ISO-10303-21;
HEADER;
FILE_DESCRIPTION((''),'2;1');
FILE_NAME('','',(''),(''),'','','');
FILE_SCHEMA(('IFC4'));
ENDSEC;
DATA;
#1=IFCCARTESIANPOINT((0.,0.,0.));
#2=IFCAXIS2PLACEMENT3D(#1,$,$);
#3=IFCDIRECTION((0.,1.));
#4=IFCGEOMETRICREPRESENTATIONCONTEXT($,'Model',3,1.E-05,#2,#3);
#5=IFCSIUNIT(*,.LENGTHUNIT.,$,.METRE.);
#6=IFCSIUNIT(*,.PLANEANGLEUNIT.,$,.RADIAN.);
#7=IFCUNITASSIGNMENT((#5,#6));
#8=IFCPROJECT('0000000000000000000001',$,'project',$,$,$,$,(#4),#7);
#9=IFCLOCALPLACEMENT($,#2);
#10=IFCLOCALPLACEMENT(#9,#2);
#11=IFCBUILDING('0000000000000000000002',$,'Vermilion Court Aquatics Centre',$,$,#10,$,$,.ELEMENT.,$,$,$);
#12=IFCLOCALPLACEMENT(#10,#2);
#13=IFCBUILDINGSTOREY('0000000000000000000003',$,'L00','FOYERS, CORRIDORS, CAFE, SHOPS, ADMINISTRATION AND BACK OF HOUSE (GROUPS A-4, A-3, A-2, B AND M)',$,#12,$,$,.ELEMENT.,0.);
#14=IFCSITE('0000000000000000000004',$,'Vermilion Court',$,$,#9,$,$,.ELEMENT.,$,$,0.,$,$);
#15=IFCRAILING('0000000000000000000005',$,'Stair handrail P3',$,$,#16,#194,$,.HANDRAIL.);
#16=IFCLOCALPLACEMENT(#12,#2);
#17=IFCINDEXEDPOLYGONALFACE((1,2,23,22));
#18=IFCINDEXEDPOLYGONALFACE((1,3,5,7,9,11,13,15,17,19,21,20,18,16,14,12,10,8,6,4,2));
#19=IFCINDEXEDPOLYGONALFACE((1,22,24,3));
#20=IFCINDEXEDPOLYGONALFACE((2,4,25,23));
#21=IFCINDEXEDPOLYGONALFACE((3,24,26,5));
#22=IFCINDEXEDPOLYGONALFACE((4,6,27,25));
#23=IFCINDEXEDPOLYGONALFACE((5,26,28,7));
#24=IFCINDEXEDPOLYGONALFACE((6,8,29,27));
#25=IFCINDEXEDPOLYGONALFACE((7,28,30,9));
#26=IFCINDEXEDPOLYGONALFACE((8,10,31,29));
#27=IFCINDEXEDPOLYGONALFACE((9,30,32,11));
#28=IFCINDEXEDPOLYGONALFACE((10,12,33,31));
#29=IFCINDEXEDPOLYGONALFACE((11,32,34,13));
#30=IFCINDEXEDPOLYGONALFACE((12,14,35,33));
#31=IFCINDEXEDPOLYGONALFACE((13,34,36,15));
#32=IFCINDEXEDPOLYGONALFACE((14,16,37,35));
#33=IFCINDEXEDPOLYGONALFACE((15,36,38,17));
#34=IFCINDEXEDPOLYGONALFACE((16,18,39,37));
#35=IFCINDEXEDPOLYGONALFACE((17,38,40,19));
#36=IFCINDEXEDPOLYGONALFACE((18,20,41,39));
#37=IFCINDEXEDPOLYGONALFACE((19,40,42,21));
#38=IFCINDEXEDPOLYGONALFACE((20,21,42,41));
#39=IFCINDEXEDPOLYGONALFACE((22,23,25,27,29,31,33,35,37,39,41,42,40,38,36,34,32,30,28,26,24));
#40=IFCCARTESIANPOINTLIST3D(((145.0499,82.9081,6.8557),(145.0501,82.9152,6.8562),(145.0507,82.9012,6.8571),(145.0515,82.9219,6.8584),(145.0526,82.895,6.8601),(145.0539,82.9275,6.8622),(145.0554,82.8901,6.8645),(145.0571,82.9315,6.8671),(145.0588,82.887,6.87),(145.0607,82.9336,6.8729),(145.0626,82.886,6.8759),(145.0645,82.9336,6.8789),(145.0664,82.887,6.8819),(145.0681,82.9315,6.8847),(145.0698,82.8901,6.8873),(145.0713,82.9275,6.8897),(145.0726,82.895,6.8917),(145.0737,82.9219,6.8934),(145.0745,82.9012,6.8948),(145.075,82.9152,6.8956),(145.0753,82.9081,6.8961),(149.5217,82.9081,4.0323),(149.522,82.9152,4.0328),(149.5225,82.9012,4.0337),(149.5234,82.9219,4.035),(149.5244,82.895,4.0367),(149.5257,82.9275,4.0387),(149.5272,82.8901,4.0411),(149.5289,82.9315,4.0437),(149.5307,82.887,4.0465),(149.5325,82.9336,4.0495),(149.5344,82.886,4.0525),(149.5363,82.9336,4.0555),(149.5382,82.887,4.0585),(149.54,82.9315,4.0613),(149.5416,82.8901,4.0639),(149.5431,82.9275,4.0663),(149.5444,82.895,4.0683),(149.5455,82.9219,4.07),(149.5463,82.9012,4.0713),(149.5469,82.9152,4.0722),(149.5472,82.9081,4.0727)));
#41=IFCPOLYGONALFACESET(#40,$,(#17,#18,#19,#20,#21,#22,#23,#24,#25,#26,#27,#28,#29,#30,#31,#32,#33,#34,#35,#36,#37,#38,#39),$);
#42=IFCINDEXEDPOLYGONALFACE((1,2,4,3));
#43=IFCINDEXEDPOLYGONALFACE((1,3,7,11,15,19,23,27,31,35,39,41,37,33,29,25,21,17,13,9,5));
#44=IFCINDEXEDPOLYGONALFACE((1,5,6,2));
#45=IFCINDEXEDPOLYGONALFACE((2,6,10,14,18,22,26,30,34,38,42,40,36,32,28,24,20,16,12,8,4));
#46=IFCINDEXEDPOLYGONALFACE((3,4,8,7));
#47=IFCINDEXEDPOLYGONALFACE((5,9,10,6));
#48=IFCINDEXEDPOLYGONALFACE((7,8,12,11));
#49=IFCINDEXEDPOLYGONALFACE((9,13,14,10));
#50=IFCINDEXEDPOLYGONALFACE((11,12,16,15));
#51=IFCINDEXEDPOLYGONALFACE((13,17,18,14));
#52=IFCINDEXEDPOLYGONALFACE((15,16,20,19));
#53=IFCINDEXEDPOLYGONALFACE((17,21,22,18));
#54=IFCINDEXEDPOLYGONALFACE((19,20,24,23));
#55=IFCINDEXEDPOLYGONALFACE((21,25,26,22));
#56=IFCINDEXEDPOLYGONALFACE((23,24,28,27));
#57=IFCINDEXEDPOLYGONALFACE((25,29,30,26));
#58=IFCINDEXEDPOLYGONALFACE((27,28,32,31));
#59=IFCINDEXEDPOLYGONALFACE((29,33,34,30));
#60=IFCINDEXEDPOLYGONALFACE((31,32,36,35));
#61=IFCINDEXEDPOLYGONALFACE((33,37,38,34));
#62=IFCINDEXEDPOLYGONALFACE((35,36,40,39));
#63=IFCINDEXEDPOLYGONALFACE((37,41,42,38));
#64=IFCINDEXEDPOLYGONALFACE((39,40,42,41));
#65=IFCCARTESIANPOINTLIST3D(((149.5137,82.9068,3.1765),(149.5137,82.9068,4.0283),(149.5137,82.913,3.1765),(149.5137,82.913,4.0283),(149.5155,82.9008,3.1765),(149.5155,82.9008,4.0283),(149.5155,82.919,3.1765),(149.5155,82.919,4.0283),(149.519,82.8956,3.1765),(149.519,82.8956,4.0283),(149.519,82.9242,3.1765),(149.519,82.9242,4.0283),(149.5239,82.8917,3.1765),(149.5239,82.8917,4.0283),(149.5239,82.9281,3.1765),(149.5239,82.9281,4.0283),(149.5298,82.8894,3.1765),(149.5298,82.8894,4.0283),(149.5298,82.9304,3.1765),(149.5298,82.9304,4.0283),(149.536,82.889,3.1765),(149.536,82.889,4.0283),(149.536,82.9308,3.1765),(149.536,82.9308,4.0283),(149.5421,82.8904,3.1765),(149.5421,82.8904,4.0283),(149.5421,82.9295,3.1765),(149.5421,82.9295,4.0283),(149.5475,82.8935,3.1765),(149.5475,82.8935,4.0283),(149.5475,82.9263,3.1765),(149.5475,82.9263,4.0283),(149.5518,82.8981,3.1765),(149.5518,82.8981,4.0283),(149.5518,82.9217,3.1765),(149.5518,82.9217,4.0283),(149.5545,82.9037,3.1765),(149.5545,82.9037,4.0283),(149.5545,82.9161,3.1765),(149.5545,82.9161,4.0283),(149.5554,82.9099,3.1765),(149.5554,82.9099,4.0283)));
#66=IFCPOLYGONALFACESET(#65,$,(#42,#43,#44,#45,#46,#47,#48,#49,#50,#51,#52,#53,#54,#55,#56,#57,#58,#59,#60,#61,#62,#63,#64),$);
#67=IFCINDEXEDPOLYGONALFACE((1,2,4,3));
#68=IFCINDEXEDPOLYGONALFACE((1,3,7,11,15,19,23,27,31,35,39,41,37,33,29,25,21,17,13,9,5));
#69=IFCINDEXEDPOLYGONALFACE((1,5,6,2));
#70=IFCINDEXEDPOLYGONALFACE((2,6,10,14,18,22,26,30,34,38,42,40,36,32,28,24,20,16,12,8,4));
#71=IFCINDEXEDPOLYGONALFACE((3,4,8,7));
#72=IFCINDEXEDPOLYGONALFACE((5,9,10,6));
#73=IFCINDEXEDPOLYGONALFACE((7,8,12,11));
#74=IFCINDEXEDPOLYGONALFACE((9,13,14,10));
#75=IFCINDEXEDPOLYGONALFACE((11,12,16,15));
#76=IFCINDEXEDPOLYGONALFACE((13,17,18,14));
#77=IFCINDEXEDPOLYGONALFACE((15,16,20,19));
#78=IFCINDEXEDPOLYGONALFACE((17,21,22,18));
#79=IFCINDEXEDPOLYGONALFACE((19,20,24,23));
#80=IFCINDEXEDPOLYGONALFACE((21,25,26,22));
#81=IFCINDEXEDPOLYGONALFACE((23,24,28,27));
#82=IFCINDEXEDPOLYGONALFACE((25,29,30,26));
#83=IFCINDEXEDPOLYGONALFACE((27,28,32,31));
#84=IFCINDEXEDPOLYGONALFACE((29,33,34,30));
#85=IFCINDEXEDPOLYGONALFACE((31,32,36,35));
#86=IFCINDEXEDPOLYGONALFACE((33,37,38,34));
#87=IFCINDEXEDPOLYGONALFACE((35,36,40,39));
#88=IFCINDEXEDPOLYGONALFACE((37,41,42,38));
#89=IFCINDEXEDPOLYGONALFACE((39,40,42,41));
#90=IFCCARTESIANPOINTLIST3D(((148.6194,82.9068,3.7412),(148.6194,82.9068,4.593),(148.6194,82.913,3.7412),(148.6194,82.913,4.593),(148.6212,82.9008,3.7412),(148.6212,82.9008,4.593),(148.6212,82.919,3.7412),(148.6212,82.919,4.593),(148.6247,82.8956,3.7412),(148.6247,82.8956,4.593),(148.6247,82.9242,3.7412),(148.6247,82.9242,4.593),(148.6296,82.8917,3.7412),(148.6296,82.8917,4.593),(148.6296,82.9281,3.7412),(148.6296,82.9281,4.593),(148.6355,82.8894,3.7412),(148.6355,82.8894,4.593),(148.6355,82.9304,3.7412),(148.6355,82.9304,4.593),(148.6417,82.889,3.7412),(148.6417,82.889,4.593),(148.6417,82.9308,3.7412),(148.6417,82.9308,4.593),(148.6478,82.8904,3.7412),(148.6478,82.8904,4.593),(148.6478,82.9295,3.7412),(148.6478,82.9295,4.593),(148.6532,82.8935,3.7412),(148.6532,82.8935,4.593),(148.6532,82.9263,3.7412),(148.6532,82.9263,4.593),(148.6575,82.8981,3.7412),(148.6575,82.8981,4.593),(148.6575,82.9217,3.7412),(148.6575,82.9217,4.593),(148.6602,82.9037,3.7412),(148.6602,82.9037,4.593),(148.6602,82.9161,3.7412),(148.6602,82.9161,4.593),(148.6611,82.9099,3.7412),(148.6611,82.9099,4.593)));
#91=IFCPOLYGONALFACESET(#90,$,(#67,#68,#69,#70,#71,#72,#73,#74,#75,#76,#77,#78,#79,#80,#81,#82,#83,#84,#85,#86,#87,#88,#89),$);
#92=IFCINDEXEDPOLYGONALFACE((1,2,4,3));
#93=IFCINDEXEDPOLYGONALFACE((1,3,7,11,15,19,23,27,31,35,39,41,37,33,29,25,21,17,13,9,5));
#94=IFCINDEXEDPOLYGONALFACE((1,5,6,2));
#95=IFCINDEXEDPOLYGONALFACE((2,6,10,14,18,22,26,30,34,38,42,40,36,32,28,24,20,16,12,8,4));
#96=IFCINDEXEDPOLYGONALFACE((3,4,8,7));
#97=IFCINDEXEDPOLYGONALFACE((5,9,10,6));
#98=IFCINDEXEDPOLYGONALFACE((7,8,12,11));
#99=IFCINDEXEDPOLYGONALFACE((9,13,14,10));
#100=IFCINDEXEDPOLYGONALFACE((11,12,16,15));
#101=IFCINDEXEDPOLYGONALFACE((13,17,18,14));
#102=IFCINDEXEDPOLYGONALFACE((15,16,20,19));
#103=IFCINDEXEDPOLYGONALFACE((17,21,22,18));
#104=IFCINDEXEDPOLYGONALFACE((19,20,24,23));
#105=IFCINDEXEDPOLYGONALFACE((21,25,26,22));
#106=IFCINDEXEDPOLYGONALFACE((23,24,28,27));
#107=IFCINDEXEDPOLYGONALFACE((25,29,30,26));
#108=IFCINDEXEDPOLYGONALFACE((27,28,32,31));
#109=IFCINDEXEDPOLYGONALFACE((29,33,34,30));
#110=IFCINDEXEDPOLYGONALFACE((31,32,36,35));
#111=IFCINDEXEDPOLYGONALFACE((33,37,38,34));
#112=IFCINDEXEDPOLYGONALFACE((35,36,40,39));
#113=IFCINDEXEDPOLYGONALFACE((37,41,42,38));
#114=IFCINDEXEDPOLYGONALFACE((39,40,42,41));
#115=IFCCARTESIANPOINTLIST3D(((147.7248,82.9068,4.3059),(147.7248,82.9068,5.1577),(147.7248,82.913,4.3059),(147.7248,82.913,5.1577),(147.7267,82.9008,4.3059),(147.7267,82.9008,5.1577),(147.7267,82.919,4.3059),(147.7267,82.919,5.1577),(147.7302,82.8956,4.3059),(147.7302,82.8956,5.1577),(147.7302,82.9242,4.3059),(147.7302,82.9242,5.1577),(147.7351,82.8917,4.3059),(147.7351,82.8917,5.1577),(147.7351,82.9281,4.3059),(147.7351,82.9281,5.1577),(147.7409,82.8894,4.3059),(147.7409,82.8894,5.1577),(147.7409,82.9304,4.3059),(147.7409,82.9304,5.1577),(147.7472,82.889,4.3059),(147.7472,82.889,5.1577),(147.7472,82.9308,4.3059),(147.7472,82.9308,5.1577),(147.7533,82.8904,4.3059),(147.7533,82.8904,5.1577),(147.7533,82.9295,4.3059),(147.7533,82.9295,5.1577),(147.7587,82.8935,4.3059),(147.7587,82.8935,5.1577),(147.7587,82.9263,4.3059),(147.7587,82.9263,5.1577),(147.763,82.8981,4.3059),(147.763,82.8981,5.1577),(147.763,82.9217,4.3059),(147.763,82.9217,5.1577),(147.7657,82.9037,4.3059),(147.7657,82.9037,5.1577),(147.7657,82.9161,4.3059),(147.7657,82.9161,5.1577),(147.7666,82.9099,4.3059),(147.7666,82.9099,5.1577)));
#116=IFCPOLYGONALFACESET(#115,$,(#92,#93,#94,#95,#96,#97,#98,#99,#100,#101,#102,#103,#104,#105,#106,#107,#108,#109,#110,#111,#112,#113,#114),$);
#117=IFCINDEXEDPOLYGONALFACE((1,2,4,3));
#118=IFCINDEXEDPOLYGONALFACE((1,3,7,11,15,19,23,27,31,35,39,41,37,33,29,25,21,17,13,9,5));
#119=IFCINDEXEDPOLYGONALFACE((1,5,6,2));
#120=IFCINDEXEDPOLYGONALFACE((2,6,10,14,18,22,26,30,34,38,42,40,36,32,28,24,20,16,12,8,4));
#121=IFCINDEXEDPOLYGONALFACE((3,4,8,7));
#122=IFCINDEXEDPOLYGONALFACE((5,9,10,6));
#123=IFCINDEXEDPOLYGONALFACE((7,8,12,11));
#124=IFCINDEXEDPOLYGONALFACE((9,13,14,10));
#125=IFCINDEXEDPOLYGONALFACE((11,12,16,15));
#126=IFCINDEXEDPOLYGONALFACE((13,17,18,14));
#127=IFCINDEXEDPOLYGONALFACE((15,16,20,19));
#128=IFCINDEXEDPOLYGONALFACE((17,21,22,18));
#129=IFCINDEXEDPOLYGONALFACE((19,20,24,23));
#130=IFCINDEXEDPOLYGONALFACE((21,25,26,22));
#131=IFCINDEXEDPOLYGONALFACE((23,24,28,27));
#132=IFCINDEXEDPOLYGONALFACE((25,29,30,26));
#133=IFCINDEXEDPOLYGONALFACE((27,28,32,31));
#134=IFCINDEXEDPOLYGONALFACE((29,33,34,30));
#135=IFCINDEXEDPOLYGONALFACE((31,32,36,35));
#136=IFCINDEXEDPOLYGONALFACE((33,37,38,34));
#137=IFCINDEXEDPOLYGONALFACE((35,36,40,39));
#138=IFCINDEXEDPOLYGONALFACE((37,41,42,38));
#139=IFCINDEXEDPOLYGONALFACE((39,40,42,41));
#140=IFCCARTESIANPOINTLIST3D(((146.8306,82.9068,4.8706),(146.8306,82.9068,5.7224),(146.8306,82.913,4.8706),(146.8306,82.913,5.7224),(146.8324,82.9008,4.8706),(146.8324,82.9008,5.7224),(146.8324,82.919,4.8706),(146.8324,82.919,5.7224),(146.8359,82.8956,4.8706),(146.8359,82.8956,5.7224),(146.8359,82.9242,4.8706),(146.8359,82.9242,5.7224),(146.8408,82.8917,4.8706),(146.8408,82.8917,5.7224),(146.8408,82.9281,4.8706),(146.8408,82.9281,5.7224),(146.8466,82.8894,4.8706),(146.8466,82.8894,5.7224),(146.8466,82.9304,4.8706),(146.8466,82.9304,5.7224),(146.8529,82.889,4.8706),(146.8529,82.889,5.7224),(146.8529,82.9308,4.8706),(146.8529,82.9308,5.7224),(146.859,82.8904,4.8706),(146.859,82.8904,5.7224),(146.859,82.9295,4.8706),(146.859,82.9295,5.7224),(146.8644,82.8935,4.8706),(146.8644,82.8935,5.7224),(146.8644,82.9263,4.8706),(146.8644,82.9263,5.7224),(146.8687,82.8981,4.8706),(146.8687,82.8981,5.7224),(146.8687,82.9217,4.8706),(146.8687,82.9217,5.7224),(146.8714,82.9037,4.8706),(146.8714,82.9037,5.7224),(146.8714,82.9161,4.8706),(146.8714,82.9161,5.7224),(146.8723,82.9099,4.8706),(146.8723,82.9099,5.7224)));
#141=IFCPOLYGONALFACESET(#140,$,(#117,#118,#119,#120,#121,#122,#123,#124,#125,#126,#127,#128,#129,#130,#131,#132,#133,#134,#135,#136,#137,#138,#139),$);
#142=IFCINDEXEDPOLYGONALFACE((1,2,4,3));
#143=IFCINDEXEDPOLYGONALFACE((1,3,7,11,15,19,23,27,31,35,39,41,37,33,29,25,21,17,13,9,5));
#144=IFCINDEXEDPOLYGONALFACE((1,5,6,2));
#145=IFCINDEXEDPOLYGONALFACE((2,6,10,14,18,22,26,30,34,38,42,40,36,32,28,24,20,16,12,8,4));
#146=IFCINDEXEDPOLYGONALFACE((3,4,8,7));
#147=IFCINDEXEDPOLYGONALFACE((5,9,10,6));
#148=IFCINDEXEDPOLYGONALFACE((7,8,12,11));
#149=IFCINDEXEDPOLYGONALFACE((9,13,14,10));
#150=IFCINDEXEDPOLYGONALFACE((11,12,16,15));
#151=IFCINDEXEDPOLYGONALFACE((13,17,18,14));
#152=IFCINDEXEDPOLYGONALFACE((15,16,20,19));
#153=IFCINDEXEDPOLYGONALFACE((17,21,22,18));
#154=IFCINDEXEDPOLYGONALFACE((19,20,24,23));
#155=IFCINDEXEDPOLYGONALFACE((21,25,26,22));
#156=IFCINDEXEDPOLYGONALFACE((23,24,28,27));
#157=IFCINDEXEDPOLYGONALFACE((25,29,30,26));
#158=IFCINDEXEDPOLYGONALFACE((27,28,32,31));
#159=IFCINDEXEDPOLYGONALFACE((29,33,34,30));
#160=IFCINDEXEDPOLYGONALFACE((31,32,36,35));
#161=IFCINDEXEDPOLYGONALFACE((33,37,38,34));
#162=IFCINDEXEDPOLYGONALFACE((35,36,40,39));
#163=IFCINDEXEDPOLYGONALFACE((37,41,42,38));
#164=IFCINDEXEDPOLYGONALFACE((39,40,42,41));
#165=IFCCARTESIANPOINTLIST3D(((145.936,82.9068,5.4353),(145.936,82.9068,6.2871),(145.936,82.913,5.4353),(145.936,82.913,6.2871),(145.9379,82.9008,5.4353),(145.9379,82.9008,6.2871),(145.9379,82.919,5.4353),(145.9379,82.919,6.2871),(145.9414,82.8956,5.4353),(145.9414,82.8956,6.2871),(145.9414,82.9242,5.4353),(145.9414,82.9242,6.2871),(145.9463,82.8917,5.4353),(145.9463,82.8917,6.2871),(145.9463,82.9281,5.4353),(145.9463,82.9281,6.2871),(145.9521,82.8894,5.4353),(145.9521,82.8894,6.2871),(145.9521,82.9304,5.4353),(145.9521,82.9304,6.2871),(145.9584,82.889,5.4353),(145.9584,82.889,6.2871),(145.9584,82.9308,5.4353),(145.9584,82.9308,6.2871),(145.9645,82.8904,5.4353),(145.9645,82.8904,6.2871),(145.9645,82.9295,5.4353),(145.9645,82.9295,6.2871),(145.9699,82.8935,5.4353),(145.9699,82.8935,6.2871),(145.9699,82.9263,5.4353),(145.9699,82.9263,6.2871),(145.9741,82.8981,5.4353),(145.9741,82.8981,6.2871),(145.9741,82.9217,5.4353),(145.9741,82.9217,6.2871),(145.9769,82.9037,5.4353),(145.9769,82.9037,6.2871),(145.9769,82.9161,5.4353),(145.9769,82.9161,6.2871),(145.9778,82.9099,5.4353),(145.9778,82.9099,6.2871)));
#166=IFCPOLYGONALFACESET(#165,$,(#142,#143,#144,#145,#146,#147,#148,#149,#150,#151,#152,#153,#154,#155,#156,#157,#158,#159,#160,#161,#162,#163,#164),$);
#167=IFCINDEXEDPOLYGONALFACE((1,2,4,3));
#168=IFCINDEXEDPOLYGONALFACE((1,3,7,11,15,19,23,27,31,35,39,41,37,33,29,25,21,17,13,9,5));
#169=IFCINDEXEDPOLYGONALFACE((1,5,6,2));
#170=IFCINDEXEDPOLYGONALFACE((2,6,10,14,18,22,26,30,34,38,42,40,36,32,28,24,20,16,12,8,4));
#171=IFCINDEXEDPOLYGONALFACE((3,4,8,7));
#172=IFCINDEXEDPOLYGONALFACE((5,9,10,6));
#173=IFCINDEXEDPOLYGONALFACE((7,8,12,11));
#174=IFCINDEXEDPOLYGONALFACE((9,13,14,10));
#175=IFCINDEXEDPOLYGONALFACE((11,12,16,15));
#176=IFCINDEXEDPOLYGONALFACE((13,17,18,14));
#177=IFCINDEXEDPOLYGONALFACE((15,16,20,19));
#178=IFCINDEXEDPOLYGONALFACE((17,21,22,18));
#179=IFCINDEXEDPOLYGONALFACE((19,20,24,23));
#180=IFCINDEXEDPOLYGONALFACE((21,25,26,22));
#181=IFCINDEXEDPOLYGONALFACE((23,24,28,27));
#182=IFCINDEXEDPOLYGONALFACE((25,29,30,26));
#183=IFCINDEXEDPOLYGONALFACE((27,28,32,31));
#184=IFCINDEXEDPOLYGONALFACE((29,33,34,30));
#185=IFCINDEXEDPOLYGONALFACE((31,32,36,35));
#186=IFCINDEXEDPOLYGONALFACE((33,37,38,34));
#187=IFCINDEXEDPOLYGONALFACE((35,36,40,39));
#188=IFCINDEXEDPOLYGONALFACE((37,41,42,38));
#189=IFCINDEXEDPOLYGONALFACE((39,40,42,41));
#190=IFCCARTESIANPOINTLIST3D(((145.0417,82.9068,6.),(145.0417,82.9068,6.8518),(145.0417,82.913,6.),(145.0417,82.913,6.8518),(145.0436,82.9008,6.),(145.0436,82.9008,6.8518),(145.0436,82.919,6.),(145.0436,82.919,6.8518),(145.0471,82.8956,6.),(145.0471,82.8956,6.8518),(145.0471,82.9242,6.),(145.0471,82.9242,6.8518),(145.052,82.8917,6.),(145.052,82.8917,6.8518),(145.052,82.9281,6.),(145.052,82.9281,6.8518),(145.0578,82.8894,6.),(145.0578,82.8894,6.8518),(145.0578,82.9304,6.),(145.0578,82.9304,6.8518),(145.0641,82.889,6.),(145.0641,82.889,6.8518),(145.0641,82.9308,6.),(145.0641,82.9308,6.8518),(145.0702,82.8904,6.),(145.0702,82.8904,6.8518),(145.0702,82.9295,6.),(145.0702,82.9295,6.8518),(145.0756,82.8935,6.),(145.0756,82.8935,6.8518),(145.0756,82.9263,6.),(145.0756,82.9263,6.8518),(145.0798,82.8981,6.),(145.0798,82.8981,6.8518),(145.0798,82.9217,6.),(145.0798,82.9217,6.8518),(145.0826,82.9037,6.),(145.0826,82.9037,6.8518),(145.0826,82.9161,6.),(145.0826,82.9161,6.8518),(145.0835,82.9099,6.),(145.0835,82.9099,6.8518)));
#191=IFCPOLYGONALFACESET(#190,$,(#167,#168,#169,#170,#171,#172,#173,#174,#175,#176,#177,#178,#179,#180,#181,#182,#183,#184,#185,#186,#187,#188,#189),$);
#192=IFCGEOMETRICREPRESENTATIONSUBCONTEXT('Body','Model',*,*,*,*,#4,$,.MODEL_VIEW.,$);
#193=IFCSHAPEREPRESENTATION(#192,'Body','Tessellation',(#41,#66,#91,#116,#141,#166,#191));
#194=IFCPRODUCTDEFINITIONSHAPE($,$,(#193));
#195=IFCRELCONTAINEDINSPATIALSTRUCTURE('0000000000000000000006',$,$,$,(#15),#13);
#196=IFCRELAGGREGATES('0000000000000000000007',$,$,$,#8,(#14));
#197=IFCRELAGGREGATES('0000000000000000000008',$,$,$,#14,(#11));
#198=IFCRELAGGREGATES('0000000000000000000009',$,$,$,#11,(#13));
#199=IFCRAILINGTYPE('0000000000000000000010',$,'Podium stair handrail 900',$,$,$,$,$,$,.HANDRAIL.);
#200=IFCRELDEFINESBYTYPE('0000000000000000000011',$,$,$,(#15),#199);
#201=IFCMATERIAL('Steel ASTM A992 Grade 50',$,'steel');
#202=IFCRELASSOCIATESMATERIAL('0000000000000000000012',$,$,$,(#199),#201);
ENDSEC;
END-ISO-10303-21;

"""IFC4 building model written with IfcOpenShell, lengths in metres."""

from ifc_helpers import new_model, si_unit, direction, frame, origin, origin_2d, place, context, subcontext, project, spatial, circle, extrude, material, type_object, element, save


model = new_model("IFC4")

# Units and contexts
model_context = context("Model", 3, precision=1e-05, world=origin(), true_north=direction((0.0, 1.0)))
body_context = subcontext(model_context, "Body", "Model", "MODEL_VIEW")
ifc_project = project(units=[si_unit("LENGTHUNIT", "METRE"), si_unit("PLANEANGLEUNIT", "RADIAN")], contexts=[model_context])

# Site, building, storey
site_placement = place(None, origin())
site = spatial("IfcSite", under=ifc_project, at=site_placement, Name="Vermilion Court", CompositionType="ELEMENT", RefElevation=0.0)
building_placement = place(site_placement, origin())
building = spatial("IfcBuilding", under=site, at=building_placement, Name="Vermilion Court Aquatics Centre", CompositionType="ELEMENT")
storey_placement = place(building_placement, origin())
storey = spatial("IfcBuildingStorey", under=building, at=storey_placement, Name="L00", Description="FOYERS, CORRIDORS, CAFE, SHOPS, ADMINISTRATION AND BACK OF HOUSE (GROUPS A-4, A-3, A-2, B AND M)", CompositionType="ELEMENT", Elevation=0.0)

# Railing
ifc_material_1 = material(Name="Steel ASTM A992 Grade 50", Category="steel")
railing_type_1 = type_object("IfcRailingType", Name="Podium stair handrail 900", PredefinedType="HANDRAIL", material=ifc_material_1)
for number, where, name in (
    (1, (149.5344, 82.9099, 3.1765), "Stair handrail P3"),
):
    element("IfcRailing", number, at=place(storey_placement, frame(where)), inside=storey, type_object=railing_type_1, Name=name, PredefinedType="HANDRAIL", context=body_context, shape_type="SweptSolid", body=[
        extrude(circle(Radius=0.0239, at=origin_2d()), frame((0.0, 0.0, 0.876), z_axis=(-0.845565, 0.0, 0.533873), x_axis=(0.0, -1.0, 0.0)), (0.0, 0.0, 1.0), 5.2886),
        extrude(circle(Radius=0.021, at=origin_2d()), origin(), (0.0, 0.0, 1.0), 0.8518),
        extrude(circle(Radius=0.021, at=origin_2d()), frame((-0.8943, 0.0, 0.5647)), (0.0, 0.0, 1.0), 0.8518),
        extrude(circle(Radius=0.021, at=origin_2d()), frame((-1.7888, 0.0, 1.1294)), (0.0, 0.0, 1.0), 0.8518),
        extrude(circle(Radius=0.021, at=origin_2d()), frame((-2.6831, 0.0, 1.6941)), (0.0, 0.0, 1.0), 0.8518),
        extrude(circle(Radius=0.021, at=origin_2d()), frame((-3.5776, 0.0, 2.2588)), (0.0, 0.0, 1.0), 0.8518),
        extrude(circle(Radius=0.021, at=origin_2d()), frame((-4.4719, 0.0, 2.8235)), (0.0, 0.0, 1.0), 0.8518),
    ])

save(model, "model.ifc")
